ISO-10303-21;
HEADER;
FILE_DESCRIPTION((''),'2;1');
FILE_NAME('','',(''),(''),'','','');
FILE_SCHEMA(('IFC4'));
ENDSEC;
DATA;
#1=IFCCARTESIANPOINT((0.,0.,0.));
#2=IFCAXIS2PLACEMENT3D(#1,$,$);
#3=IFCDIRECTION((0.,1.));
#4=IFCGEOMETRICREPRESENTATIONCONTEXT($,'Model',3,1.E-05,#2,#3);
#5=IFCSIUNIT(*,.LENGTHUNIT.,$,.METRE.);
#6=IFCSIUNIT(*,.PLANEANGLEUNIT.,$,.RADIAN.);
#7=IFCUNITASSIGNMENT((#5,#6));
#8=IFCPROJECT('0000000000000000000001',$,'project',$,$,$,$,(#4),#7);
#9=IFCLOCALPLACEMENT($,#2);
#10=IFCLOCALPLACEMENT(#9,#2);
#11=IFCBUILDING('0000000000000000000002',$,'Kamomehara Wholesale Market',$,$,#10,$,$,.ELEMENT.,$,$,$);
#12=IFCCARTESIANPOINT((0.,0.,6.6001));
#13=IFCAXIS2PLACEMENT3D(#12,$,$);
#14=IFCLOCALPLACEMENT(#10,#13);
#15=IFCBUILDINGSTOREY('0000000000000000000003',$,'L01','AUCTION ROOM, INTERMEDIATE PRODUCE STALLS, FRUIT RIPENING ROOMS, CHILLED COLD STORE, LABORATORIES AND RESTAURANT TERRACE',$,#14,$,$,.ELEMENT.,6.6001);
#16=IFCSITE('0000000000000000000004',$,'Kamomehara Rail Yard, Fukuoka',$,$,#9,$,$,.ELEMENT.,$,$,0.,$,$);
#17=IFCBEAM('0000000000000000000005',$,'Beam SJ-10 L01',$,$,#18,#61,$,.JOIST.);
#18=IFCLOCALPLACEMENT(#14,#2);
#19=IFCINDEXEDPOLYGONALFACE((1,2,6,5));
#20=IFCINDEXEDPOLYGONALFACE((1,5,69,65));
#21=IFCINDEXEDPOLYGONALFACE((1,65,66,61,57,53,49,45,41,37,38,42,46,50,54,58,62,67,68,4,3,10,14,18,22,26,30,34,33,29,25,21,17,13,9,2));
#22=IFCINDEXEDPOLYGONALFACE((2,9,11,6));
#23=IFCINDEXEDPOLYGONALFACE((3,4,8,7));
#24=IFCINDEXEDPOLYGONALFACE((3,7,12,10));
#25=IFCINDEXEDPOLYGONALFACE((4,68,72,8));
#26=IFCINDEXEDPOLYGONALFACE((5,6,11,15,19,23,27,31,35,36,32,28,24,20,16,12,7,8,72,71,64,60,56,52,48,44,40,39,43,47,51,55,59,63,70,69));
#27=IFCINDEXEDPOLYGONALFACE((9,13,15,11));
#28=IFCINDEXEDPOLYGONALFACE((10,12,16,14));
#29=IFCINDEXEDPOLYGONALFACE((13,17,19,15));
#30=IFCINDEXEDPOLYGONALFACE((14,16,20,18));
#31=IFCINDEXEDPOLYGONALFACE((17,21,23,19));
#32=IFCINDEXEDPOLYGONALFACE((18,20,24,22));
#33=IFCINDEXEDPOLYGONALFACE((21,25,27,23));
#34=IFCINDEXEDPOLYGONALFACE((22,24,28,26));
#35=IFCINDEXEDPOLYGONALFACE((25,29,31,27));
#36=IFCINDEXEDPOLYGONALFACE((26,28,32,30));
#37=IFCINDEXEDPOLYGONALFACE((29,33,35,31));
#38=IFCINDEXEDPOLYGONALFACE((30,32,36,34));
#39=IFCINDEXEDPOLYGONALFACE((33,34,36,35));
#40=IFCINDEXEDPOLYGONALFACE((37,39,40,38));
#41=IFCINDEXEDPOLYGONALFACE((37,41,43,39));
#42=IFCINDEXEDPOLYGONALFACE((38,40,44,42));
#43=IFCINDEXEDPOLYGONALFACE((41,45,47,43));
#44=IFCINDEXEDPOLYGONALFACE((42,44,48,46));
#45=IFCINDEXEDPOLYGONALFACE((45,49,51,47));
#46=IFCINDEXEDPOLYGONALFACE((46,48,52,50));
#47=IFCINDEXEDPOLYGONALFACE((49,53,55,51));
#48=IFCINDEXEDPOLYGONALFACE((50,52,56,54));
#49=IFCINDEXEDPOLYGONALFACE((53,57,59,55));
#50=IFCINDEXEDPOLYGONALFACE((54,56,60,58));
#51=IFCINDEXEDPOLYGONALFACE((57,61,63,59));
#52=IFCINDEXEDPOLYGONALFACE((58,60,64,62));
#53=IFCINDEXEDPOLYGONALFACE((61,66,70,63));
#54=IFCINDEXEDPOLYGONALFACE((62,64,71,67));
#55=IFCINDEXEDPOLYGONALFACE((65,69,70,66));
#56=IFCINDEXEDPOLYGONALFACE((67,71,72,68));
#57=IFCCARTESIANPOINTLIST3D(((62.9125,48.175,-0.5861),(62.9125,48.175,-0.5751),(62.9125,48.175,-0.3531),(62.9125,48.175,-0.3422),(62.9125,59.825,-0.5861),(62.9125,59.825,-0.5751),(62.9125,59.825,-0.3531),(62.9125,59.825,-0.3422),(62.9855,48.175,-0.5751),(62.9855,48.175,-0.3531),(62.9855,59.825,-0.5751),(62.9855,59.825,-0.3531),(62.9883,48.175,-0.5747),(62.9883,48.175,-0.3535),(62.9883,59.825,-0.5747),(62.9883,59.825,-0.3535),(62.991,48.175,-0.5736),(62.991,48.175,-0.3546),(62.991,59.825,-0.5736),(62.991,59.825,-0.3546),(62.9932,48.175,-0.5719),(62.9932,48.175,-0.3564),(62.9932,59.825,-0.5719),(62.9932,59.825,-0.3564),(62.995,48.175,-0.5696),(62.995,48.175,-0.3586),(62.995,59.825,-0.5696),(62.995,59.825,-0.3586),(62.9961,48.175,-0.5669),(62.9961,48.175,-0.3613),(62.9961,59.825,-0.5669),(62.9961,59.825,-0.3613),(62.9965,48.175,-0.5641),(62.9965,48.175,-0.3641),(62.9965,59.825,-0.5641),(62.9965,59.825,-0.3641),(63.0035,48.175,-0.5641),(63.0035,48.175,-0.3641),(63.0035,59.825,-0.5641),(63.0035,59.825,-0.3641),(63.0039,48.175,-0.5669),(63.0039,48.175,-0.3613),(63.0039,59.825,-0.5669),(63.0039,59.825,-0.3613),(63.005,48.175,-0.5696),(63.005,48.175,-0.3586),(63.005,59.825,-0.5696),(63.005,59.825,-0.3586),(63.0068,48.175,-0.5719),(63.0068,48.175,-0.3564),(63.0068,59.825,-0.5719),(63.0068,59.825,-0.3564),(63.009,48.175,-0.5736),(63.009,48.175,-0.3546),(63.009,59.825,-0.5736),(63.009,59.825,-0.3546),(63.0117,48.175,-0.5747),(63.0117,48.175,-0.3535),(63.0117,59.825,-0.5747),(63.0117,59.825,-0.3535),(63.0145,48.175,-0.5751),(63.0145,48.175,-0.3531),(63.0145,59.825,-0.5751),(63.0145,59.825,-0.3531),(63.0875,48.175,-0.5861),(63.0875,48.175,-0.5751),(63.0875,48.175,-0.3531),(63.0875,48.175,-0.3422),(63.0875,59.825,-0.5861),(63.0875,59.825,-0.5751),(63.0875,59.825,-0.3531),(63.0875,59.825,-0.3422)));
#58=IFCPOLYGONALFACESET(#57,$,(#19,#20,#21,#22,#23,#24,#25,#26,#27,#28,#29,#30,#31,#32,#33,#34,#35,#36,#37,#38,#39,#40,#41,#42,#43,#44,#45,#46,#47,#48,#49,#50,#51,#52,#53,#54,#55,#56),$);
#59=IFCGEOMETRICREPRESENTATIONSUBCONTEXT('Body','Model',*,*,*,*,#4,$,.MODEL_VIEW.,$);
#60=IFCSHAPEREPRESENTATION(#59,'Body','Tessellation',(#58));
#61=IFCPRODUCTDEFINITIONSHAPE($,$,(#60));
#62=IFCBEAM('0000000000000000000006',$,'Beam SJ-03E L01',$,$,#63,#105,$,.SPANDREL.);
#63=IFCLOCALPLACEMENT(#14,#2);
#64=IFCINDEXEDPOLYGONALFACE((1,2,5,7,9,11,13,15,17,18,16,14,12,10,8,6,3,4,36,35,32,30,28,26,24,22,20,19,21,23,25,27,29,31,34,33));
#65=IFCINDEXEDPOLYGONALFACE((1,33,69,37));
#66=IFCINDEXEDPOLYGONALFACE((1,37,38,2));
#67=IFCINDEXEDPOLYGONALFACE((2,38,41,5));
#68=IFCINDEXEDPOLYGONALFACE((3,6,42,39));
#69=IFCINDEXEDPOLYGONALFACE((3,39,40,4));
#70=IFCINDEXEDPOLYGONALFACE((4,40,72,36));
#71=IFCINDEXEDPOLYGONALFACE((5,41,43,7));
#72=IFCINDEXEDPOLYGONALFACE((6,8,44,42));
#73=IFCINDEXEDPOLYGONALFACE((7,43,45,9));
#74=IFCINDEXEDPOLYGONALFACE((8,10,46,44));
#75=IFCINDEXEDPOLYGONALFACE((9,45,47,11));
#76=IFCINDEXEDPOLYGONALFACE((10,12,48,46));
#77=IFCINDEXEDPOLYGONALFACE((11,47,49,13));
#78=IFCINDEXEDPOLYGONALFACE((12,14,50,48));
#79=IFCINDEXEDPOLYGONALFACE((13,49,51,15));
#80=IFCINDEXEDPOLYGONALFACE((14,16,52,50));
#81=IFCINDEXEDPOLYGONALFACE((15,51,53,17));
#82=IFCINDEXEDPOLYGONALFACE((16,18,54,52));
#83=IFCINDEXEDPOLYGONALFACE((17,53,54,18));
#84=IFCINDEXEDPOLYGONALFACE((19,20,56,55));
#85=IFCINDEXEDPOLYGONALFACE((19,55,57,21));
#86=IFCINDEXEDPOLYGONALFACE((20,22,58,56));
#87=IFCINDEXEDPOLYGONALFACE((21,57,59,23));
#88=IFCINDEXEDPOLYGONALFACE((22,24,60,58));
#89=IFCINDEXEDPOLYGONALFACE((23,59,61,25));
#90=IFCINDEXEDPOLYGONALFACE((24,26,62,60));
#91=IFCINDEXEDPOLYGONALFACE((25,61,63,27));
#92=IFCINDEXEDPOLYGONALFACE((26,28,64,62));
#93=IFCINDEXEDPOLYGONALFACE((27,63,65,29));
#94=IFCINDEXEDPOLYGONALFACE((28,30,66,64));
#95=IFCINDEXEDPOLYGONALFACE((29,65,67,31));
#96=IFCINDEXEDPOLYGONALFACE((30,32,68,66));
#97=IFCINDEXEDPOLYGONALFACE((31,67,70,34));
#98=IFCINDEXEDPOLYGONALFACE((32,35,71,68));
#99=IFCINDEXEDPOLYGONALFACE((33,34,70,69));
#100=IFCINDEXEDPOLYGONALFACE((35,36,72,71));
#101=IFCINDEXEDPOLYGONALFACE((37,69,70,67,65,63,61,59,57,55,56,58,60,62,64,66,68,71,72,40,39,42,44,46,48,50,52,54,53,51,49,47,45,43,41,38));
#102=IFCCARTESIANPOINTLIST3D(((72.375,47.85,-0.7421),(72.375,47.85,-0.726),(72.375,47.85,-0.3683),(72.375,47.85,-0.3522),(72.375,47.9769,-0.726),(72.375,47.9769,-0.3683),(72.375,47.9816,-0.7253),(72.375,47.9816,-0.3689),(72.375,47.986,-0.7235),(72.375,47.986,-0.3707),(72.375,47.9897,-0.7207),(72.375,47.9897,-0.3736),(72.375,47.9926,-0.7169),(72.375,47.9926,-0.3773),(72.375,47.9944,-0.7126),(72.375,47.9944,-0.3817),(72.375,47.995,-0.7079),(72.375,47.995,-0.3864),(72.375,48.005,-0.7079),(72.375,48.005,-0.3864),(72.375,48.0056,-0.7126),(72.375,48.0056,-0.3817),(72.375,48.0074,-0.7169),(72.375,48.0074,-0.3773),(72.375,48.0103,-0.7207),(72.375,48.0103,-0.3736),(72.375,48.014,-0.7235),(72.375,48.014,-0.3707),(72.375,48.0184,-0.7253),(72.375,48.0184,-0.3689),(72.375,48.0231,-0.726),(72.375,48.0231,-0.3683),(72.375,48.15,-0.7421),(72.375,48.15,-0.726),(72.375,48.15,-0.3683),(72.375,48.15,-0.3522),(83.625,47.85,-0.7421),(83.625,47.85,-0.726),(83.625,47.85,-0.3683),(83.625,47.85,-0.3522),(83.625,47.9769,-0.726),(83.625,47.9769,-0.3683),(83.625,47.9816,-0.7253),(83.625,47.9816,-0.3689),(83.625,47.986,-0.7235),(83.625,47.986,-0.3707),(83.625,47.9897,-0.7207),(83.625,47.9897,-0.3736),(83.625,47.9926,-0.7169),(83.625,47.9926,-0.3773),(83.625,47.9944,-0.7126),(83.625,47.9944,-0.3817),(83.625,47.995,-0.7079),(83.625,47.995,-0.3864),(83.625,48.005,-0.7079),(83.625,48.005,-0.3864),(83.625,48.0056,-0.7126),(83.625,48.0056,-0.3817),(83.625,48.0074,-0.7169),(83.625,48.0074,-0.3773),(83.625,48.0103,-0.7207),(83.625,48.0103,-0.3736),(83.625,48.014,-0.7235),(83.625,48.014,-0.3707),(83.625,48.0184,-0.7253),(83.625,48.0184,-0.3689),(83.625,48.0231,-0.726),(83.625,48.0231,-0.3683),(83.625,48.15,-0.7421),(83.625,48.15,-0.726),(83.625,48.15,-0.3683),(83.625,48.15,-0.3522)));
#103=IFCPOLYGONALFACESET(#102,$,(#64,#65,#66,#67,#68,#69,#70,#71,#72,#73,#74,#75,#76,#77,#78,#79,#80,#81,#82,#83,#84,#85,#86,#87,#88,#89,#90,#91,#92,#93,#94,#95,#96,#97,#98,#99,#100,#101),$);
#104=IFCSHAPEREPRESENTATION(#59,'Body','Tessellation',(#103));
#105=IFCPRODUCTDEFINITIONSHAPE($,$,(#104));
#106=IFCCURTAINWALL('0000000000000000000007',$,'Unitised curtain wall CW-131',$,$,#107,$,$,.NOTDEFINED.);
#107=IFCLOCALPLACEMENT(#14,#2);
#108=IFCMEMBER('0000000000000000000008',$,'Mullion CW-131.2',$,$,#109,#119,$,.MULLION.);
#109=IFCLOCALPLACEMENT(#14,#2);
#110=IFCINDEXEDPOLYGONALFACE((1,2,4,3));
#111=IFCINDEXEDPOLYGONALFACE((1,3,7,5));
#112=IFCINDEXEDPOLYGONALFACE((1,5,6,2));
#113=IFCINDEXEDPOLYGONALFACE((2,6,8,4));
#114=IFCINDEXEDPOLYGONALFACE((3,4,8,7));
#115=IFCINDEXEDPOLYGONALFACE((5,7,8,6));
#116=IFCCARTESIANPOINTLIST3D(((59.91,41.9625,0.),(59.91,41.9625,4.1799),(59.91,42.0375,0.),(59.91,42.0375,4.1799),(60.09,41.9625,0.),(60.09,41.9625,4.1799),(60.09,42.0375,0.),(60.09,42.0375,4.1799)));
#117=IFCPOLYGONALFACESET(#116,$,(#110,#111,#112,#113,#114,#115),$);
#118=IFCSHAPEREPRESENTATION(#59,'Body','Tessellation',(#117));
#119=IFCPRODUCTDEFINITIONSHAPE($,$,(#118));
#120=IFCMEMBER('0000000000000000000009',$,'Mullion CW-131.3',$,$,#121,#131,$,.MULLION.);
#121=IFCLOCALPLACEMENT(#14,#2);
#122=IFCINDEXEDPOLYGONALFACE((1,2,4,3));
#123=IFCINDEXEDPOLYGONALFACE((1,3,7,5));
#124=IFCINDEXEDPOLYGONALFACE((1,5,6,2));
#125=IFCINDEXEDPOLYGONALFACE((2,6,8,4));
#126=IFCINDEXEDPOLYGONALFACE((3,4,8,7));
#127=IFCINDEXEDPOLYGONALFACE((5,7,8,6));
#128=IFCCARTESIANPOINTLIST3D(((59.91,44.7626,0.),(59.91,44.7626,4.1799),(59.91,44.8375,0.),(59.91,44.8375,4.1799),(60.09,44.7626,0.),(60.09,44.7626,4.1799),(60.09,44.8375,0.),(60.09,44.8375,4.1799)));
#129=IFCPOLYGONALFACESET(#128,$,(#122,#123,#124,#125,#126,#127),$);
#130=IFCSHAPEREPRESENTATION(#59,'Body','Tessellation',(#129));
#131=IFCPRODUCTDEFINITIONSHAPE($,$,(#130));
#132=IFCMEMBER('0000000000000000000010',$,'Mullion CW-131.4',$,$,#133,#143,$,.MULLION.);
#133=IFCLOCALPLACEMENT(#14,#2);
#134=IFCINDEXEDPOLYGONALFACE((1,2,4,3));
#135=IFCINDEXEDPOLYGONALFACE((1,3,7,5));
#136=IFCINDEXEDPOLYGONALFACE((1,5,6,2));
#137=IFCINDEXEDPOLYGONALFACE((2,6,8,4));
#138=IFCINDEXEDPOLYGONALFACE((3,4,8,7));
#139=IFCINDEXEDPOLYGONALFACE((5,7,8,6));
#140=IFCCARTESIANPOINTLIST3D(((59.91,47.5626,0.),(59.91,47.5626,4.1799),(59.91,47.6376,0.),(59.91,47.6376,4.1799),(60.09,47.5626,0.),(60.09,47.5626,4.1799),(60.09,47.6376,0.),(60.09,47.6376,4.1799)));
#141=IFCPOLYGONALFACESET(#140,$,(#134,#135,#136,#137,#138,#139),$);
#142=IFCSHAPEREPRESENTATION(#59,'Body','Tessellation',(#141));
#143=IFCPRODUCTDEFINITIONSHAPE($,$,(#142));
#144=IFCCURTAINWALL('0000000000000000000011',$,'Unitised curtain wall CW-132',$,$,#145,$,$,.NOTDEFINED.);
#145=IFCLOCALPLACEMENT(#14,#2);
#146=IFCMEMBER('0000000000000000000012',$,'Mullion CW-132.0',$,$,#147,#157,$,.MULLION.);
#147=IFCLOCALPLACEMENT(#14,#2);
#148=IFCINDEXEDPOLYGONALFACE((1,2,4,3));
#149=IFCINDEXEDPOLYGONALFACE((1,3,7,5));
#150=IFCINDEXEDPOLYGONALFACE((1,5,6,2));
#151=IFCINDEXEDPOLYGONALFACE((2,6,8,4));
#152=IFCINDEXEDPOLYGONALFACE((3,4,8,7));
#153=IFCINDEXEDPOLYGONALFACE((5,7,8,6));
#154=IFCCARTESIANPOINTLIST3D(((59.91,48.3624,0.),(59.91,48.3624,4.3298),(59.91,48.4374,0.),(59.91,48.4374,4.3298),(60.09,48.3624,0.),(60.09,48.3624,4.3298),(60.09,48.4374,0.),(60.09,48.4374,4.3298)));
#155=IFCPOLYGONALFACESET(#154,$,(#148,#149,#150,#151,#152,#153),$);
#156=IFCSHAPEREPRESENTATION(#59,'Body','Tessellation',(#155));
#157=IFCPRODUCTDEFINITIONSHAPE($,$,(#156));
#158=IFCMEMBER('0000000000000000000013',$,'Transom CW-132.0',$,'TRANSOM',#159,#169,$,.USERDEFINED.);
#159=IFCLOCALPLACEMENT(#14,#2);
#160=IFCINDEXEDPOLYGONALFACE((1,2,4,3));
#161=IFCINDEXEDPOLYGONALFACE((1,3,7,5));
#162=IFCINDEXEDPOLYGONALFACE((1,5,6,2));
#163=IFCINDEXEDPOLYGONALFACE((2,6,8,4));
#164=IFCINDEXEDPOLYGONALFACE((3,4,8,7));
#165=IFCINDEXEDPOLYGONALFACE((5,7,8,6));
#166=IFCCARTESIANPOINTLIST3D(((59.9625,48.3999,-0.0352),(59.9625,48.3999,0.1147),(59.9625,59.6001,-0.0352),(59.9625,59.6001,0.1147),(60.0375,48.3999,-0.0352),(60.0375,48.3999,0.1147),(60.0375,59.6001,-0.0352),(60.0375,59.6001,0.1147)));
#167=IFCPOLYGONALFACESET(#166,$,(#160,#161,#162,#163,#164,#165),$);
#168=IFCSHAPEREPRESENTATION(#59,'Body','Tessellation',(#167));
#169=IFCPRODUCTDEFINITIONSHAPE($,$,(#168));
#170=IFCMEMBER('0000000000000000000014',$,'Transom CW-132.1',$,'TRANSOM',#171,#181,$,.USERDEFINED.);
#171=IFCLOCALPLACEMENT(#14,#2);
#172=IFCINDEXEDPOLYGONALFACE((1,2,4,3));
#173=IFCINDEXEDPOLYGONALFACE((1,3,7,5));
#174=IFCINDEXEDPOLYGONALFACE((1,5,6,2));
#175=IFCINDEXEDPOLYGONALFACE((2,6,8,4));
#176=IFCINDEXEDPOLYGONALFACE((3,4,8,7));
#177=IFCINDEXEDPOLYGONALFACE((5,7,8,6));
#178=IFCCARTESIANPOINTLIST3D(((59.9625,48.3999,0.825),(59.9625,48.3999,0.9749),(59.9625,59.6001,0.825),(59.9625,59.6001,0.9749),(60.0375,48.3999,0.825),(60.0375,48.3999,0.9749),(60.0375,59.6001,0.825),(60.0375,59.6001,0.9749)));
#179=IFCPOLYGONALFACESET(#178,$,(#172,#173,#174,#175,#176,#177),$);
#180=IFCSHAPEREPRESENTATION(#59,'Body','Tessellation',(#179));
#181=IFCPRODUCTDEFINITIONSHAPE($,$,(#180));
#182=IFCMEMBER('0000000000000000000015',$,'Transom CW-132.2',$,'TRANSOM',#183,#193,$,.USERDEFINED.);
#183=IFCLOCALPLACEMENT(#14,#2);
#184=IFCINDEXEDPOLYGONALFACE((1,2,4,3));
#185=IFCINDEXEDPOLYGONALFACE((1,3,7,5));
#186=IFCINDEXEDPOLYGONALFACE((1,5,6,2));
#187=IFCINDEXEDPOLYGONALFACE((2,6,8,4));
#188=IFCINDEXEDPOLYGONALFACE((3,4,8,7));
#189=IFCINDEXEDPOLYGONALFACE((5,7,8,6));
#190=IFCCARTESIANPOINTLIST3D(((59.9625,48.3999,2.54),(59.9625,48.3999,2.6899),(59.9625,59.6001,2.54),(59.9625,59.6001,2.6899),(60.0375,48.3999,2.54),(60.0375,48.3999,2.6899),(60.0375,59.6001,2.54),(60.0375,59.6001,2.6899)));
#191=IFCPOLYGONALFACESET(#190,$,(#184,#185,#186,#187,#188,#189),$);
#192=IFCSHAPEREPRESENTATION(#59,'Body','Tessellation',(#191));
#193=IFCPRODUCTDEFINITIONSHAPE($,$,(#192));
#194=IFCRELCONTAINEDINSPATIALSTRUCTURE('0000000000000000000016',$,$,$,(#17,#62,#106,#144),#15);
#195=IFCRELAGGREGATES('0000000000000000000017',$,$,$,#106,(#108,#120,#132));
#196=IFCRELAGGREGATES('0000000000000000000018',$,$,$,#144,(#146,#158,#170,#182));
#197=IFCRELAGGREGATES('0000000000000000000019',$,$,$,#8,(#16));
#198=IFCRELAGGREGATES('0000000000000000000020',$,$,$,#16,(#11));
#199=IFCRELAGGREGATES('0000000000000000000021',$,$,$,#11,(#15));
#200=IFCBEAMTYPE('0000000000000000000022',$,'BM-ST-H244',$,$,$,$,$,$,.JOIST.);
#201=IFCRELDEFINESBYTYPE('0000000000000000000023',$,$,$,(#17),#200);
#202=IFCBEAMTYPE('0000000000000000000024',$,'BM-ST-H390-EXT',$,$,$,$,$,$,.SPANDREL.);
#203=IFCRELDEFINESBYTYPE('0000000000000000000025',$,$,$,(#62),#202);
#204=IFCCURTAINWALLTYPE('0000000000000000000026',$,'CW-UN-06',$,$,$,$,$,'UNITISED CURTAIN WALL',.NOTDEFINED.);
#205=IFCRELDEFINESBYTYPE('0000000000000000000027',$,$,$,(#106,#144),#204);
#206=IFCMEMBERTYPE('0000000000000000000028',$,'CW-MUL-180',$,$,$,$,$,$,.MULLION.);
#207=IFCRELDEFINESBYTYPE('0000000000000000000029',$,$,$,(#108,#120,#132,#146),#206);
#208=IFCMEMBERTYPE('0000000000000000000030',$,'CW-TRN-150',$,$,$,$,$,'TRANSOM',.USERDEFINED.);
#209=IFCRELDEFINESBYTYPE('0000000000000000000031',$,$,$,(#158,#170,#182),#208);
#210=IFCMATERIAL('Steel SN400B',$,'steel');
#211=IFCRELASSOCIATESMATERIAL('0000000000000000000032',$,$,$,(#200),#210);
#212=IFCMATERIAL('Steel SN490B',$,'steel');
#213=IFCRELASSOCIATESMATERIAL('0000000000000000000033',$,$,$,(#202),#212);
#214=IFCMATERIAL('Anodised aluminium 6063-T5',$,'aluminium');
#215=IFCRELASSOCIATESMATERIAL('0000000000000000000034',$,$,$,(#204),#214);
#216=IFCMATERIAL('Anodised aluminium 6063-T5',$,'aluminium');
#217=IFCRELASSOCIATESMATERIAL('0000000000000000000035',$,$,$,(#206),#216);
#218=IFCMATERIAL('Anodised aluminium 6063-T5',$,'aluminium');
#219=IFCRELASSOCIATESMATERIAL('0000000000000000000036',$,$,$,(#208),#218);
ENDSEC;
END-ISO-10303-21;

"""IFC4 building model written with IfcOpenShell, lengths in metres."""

from ifc_helpers import new_model, si_unit, direction, frame, origin, origin_2d, place, context, subcontext, project, spatial, rectangle, i_section, extrude, material, material_profile, profile_set, type_object, element, aggregate, save


model = new_model("IFC4")

# Units and contexts
model_context = context("Model", 3, precision=1e-05, world=origin(), true_north=direction((0.0, 1.0)))
body_context = subcontext(model_context, "Body", "Model", "MODEL_VIEW")
ifc_project = project(units=[si_unit("LENGTHUNIT", "METRE"), si_unit("PLANEANGLEUNIT", "RADIAN")], contexts=[model_context])

# Site, building, storey
site_placement = place(None, origin())
site = spatial("IfcSite", under=ifc_project, at=site_placement, Name="Kamomehara Rail Yard, Fukuoka", CompositionType="ELEMENT", RefElevation=0.0)
building_placement = place(site_placement, origin())
building = spatial("IfcBuilding", under=site, at=building_placement, Name="Kamomehara Wholesale Market", CompositionType="ELEMENT")
storey_placement = place(building_placement, frame((0.0, 0.0, 6.6001)))
storey = spatial("IfcBuildingStorey", under=building, at=storey_placement, Name="L01", Description="AUCTION ROOM, INTERMEDIATE PRODUCE STALLS, FRUIT RIPENING ROOMS, CHILLED COLD STORE, LABORATORIES AND RESTAURANT TERRACE", CompositionType="ELEMENT", Elevation=6.6001)

# Beams
ifc_material_1 = material(Name="Steel SN400B", Category="steel")
ifc_material_profile_1 = material_profile(ifc_material_1, i_section(OverallWidth=0.175, OverallDepth=0.2439, WebThickness=0.0071, FlangeThickness=0.011, FilletRadius=0.011, at=origin_2d()), Name="H-244x175x7x11")
ifc_profile_set_1 = profile_set([ifc_material_profile_1], Name="Steel SN400B")
beam_type_1 = type_object("IfcBeamType", Name="BM-ST-H244", PredefinedType="JOIST", material=ifc_profile_set_1)
beam_1_placement = place(storey_placement, frame((63.0, 48.175, -0.4641), z_axis=(0.0, 1.0, 0.0), x_axis=(-1.0, 0.0, 0.0)))
element("IfcBeam", 1, at=beam_1_placement, inside=storey, type_object=beam_type_1, Name="Beam SJ-10 L01", PredefinedType="JOIST", context=body_context, shape_type="SweptSolid", body=[
    extrude(i_section(OverallWidth=0.175, OverallDepth=0.2439, WebThickness=0.0071, FlangeThickness=0.011, FilletRadius=0.011, at=origin_2d()), origin(), (0.0, 0.0, 1.0), 11.6499),
])
ifc_material_2 = material(Name="Steel SN490B", Category="steel")
ifc_material_profile_2 = material_profile(ifc_material_2, i_section(OverallWidth=0.3, OverallDepth=0.3899, WebThickness=0.01, FlangeThickness=0.0161, FilletRadius=0.0181, at=origin_2d()), Name="H-390x300x10x16")
ifc_profile_set_2 = profile_set([ifc_material_profile_2], Name="Steel SN490B")
beam_type_2 = type_object("IfcBeamType", Name="BM-ST-H390-EXT", PredefinedType="SPANDREL", material=ifc_profile_set_2)
beam_2_placement = place(storey_placement, frame((72.375, 48.0, -0.5471), z_axis=(1.0, 0.0, 0.0), x_axis=(0.0, 1.0, 0.0)))
element("IfcBeam", 2, at=beam_2_placement, inside=storey, type_object=beam_type_2, Name="Beam SJ-03E L01", PredefinedType="SPANDREL", context=body_context, shape_type="SweptSolid", body=[
    extrude(i_section(OverallWidth=0.3, OverallDepth=0.3899, WebThickness=0.01, FlangeThickness=0.0161, FilletRadius=0.0181, at=origin_2d()), origin(), (0.0, 0.0, 1.0), 11.25),
])

# Curtain walls, members
ifc_material_3 = material(Name="Anodised aluminium 6063-T5", Category="aluminium")
curtain_wall_type = type_object("IfcCurtainWallType", Name="CW-UN-06", ElementType="UNITISED CURTAIN WALL", PredefinedType="NOTDEFINED", material=ifc_material_3)
curtain_wall_1_placement = place(storey_placement, origin())
curtain_wall_1 = element("IfcCurtainWall", 3, at=curtain_wall_1_placement, inside=storey, type_object=curtain_wall_type, Name="Unitised curtain wall CW-131", PredefinedType="NOTDEFINED")
ifc_material_4 = material(Name="Anodised aluminium 6063-T5", Category="aluminium")
ifc_material_profile_3 = material_profile(ifc_material_4, rectangle(XDim=0.075, YDim=0.1799, at=origin_2d()), Name="ALU-MUL-75x180")
ifc_profile_set_3 = profile_set([ifc_material_profile_3], Name="Anodised aluminium 6063-T5")
member_type_1 = type_object("IfcMemberType", Name="CW-MUL-180", PredefinedType="MULLION", material=ifc_profile_set_3)
member_1_placement = place(storey_placement, frame((60.0, 42.0, 0.0), z_axis=(0.0, 0.0, 1.0), x_axis=(0.0, 1.0, 0.0)))
member_1 = element("IfcMember", 4, at=member_1_placement, type_object=member_type_1, Name="Mullion CW-131.2", PredefinedType="MULLION", context=body_context, shape_type="SweptSolid", body=[
    extrude(rectangle(XDim=0.075, YDim=0.1799, at=origin_2d()), origin(), (0.0, 0.0, 1.0), 4.1799),
])
member_2_placement = place(storey_placement, frame((60.0, 44.8, 0.0), z_axis=(0.0, 0.0, 1.0), x_axis=(0.0, 1.0, 0.0)))
member_2 = element("IfcMember", 5, at=member_2_placement, type_object=member_type_1, Name="Mullion CW-131.3", PredefinedType="MULLION", context=body_context, shape_type="SweptSolid", body=[
    extrude(rectangle(XDim=0.075, YDim=0.1799, at=origin_2d()), origin(), (0.0, 0.0, 1.0), 4.1799),
])
member_3_placement = place(storey_placement, frame((60.0, 47.6001, 0.0), z_axis=(0.0, 0.0, 1.0), x_axis=(0.0, 1.0, 0.0)))
member_3 = element("IfcMember", 6, at=member_3_placement, type_object=member_type_1, Name="Mullion CW-131.4", PredefinedType="MULLION", context=body_context, shape_type="SweptSolid", body=[
    extrude(rectangle(XDim=0.075, YDim=0.1799, at=origin_2d()), origin(), (0.0, 0.0, 1.0), 4.1799),
])
aggregate(curtain_wall_1, [member_1, member_2, member_3])
curtain_wall_2_placement = place(storey_placement, origin())
curtain_wall_2 = element("IfcCurtainWall", 7, at=curtain_wall_2_placement, inside=storey, type_object=curtain_wall_type, Name="Unitised curtain wall CW-132", PredefinedType="NOTDEFINED")
member_4_placement = place(storey_placement, frame((60.0, 48.3999, 0.0), z_axis=(0.0, 0.0, 1.0), x_axis=(0.0, 1.0, 0.0)))
member_4 = element("IfcMember", 8, at=member_4_placement, type_object=member_type_1, Name="Mullion CW-132.0", PredefinedType="MULLION", context=body_context, shape_type="SweptSolid", body=[
    extrude(rectangle(XDim=0.075, YDim=0.1799, at=origin_2d()), origin(), (0.0, 0.0, 1.0), 4.3298),
])
ifc_material_5 = material(Name="Anodised aluminium 6063-T5", Category="aluminium")
ifc_material_profile_4 = material_profile(ifc_material_5, rectangle(XDim=0.075, YDim=0.1499, at=origin_2d()), Name="ALU-TRN-75x150")
ifc_profile_set_4 = profile_set([ifc_material_profile_4], Name="Anodised aluminium 6063-T5")
member_type_2 = type_object("IfcMemberType", Name="CW-TRN-150", ElementType="TRANSOM", PredefinedType="USERDEFINED", material=ifc_profile_set_4)
member_5_placement = place(storey_placement, frame((60.0, 48.3999, 0.0398), z_axis=(0.0, 1.0, 0.0), x_axis=(-1.0, 0.0, 0.0)))
member_5 = element("IfcMember", 9, at=member_5_placement, type_object=member_type_2, Name="Transom CW-132.0", ObjectType="TRANSOM", PredefinedType="USERDEFINED", context=body_context, shape_type="SweptSolid", body=[
    extrude(rectangle(XDim=0.075, YDim=0.1499, at=origin_2d()), origin(), (0.0, 0.0, 1.0), 11.2002),
])
member_6_placement = place(storey_placement, frame((60.0, 48.3999, 0.8999), z_axis=(0.0, 1.0, 0.0), x_axis=(-1.0, 0.0, 0.0)))
member_6 = element("IfcMember", 10, at=member_6_placement, type_object=member_type_2, Name="Transom CW-132.1", ObjectType="TRANSOM", PredefinedType="USERDEFINED", context=body_context, shape_type="SweptSolid", body=[
    extrude(rectangle(XDim=0.075, YDim=0.1499, at=origin_2d()), origin(), (0.0, 0.0, 1.0), 11.2002),
])
member_7_placement = place(storey_placement, frame((60.0, 48.3999, 2.615), z_axis=(0.0, 1.0, 0.0), x_axis=(-1.0, 0.0, 0.0)))
member_7 = element("IfcMember", 11, at=member_7_placement, type_object=member_type_2, Name="Transom CW-132.2", ObjectType="TRANSOM", PredefinedType="USERDEFINED", context=body_context, shape_type="SweptSolid", body=[
    extrude(rectangle(XDim=0.075, YDim=0.1499, at=origin_2d()), origin(), (0.0, 0.0, 1.0), 11.2002),
])
aggregate(curtain_wall_2, [member_4, member_5, member_6, member_7])

save(model, "model.ifc")
